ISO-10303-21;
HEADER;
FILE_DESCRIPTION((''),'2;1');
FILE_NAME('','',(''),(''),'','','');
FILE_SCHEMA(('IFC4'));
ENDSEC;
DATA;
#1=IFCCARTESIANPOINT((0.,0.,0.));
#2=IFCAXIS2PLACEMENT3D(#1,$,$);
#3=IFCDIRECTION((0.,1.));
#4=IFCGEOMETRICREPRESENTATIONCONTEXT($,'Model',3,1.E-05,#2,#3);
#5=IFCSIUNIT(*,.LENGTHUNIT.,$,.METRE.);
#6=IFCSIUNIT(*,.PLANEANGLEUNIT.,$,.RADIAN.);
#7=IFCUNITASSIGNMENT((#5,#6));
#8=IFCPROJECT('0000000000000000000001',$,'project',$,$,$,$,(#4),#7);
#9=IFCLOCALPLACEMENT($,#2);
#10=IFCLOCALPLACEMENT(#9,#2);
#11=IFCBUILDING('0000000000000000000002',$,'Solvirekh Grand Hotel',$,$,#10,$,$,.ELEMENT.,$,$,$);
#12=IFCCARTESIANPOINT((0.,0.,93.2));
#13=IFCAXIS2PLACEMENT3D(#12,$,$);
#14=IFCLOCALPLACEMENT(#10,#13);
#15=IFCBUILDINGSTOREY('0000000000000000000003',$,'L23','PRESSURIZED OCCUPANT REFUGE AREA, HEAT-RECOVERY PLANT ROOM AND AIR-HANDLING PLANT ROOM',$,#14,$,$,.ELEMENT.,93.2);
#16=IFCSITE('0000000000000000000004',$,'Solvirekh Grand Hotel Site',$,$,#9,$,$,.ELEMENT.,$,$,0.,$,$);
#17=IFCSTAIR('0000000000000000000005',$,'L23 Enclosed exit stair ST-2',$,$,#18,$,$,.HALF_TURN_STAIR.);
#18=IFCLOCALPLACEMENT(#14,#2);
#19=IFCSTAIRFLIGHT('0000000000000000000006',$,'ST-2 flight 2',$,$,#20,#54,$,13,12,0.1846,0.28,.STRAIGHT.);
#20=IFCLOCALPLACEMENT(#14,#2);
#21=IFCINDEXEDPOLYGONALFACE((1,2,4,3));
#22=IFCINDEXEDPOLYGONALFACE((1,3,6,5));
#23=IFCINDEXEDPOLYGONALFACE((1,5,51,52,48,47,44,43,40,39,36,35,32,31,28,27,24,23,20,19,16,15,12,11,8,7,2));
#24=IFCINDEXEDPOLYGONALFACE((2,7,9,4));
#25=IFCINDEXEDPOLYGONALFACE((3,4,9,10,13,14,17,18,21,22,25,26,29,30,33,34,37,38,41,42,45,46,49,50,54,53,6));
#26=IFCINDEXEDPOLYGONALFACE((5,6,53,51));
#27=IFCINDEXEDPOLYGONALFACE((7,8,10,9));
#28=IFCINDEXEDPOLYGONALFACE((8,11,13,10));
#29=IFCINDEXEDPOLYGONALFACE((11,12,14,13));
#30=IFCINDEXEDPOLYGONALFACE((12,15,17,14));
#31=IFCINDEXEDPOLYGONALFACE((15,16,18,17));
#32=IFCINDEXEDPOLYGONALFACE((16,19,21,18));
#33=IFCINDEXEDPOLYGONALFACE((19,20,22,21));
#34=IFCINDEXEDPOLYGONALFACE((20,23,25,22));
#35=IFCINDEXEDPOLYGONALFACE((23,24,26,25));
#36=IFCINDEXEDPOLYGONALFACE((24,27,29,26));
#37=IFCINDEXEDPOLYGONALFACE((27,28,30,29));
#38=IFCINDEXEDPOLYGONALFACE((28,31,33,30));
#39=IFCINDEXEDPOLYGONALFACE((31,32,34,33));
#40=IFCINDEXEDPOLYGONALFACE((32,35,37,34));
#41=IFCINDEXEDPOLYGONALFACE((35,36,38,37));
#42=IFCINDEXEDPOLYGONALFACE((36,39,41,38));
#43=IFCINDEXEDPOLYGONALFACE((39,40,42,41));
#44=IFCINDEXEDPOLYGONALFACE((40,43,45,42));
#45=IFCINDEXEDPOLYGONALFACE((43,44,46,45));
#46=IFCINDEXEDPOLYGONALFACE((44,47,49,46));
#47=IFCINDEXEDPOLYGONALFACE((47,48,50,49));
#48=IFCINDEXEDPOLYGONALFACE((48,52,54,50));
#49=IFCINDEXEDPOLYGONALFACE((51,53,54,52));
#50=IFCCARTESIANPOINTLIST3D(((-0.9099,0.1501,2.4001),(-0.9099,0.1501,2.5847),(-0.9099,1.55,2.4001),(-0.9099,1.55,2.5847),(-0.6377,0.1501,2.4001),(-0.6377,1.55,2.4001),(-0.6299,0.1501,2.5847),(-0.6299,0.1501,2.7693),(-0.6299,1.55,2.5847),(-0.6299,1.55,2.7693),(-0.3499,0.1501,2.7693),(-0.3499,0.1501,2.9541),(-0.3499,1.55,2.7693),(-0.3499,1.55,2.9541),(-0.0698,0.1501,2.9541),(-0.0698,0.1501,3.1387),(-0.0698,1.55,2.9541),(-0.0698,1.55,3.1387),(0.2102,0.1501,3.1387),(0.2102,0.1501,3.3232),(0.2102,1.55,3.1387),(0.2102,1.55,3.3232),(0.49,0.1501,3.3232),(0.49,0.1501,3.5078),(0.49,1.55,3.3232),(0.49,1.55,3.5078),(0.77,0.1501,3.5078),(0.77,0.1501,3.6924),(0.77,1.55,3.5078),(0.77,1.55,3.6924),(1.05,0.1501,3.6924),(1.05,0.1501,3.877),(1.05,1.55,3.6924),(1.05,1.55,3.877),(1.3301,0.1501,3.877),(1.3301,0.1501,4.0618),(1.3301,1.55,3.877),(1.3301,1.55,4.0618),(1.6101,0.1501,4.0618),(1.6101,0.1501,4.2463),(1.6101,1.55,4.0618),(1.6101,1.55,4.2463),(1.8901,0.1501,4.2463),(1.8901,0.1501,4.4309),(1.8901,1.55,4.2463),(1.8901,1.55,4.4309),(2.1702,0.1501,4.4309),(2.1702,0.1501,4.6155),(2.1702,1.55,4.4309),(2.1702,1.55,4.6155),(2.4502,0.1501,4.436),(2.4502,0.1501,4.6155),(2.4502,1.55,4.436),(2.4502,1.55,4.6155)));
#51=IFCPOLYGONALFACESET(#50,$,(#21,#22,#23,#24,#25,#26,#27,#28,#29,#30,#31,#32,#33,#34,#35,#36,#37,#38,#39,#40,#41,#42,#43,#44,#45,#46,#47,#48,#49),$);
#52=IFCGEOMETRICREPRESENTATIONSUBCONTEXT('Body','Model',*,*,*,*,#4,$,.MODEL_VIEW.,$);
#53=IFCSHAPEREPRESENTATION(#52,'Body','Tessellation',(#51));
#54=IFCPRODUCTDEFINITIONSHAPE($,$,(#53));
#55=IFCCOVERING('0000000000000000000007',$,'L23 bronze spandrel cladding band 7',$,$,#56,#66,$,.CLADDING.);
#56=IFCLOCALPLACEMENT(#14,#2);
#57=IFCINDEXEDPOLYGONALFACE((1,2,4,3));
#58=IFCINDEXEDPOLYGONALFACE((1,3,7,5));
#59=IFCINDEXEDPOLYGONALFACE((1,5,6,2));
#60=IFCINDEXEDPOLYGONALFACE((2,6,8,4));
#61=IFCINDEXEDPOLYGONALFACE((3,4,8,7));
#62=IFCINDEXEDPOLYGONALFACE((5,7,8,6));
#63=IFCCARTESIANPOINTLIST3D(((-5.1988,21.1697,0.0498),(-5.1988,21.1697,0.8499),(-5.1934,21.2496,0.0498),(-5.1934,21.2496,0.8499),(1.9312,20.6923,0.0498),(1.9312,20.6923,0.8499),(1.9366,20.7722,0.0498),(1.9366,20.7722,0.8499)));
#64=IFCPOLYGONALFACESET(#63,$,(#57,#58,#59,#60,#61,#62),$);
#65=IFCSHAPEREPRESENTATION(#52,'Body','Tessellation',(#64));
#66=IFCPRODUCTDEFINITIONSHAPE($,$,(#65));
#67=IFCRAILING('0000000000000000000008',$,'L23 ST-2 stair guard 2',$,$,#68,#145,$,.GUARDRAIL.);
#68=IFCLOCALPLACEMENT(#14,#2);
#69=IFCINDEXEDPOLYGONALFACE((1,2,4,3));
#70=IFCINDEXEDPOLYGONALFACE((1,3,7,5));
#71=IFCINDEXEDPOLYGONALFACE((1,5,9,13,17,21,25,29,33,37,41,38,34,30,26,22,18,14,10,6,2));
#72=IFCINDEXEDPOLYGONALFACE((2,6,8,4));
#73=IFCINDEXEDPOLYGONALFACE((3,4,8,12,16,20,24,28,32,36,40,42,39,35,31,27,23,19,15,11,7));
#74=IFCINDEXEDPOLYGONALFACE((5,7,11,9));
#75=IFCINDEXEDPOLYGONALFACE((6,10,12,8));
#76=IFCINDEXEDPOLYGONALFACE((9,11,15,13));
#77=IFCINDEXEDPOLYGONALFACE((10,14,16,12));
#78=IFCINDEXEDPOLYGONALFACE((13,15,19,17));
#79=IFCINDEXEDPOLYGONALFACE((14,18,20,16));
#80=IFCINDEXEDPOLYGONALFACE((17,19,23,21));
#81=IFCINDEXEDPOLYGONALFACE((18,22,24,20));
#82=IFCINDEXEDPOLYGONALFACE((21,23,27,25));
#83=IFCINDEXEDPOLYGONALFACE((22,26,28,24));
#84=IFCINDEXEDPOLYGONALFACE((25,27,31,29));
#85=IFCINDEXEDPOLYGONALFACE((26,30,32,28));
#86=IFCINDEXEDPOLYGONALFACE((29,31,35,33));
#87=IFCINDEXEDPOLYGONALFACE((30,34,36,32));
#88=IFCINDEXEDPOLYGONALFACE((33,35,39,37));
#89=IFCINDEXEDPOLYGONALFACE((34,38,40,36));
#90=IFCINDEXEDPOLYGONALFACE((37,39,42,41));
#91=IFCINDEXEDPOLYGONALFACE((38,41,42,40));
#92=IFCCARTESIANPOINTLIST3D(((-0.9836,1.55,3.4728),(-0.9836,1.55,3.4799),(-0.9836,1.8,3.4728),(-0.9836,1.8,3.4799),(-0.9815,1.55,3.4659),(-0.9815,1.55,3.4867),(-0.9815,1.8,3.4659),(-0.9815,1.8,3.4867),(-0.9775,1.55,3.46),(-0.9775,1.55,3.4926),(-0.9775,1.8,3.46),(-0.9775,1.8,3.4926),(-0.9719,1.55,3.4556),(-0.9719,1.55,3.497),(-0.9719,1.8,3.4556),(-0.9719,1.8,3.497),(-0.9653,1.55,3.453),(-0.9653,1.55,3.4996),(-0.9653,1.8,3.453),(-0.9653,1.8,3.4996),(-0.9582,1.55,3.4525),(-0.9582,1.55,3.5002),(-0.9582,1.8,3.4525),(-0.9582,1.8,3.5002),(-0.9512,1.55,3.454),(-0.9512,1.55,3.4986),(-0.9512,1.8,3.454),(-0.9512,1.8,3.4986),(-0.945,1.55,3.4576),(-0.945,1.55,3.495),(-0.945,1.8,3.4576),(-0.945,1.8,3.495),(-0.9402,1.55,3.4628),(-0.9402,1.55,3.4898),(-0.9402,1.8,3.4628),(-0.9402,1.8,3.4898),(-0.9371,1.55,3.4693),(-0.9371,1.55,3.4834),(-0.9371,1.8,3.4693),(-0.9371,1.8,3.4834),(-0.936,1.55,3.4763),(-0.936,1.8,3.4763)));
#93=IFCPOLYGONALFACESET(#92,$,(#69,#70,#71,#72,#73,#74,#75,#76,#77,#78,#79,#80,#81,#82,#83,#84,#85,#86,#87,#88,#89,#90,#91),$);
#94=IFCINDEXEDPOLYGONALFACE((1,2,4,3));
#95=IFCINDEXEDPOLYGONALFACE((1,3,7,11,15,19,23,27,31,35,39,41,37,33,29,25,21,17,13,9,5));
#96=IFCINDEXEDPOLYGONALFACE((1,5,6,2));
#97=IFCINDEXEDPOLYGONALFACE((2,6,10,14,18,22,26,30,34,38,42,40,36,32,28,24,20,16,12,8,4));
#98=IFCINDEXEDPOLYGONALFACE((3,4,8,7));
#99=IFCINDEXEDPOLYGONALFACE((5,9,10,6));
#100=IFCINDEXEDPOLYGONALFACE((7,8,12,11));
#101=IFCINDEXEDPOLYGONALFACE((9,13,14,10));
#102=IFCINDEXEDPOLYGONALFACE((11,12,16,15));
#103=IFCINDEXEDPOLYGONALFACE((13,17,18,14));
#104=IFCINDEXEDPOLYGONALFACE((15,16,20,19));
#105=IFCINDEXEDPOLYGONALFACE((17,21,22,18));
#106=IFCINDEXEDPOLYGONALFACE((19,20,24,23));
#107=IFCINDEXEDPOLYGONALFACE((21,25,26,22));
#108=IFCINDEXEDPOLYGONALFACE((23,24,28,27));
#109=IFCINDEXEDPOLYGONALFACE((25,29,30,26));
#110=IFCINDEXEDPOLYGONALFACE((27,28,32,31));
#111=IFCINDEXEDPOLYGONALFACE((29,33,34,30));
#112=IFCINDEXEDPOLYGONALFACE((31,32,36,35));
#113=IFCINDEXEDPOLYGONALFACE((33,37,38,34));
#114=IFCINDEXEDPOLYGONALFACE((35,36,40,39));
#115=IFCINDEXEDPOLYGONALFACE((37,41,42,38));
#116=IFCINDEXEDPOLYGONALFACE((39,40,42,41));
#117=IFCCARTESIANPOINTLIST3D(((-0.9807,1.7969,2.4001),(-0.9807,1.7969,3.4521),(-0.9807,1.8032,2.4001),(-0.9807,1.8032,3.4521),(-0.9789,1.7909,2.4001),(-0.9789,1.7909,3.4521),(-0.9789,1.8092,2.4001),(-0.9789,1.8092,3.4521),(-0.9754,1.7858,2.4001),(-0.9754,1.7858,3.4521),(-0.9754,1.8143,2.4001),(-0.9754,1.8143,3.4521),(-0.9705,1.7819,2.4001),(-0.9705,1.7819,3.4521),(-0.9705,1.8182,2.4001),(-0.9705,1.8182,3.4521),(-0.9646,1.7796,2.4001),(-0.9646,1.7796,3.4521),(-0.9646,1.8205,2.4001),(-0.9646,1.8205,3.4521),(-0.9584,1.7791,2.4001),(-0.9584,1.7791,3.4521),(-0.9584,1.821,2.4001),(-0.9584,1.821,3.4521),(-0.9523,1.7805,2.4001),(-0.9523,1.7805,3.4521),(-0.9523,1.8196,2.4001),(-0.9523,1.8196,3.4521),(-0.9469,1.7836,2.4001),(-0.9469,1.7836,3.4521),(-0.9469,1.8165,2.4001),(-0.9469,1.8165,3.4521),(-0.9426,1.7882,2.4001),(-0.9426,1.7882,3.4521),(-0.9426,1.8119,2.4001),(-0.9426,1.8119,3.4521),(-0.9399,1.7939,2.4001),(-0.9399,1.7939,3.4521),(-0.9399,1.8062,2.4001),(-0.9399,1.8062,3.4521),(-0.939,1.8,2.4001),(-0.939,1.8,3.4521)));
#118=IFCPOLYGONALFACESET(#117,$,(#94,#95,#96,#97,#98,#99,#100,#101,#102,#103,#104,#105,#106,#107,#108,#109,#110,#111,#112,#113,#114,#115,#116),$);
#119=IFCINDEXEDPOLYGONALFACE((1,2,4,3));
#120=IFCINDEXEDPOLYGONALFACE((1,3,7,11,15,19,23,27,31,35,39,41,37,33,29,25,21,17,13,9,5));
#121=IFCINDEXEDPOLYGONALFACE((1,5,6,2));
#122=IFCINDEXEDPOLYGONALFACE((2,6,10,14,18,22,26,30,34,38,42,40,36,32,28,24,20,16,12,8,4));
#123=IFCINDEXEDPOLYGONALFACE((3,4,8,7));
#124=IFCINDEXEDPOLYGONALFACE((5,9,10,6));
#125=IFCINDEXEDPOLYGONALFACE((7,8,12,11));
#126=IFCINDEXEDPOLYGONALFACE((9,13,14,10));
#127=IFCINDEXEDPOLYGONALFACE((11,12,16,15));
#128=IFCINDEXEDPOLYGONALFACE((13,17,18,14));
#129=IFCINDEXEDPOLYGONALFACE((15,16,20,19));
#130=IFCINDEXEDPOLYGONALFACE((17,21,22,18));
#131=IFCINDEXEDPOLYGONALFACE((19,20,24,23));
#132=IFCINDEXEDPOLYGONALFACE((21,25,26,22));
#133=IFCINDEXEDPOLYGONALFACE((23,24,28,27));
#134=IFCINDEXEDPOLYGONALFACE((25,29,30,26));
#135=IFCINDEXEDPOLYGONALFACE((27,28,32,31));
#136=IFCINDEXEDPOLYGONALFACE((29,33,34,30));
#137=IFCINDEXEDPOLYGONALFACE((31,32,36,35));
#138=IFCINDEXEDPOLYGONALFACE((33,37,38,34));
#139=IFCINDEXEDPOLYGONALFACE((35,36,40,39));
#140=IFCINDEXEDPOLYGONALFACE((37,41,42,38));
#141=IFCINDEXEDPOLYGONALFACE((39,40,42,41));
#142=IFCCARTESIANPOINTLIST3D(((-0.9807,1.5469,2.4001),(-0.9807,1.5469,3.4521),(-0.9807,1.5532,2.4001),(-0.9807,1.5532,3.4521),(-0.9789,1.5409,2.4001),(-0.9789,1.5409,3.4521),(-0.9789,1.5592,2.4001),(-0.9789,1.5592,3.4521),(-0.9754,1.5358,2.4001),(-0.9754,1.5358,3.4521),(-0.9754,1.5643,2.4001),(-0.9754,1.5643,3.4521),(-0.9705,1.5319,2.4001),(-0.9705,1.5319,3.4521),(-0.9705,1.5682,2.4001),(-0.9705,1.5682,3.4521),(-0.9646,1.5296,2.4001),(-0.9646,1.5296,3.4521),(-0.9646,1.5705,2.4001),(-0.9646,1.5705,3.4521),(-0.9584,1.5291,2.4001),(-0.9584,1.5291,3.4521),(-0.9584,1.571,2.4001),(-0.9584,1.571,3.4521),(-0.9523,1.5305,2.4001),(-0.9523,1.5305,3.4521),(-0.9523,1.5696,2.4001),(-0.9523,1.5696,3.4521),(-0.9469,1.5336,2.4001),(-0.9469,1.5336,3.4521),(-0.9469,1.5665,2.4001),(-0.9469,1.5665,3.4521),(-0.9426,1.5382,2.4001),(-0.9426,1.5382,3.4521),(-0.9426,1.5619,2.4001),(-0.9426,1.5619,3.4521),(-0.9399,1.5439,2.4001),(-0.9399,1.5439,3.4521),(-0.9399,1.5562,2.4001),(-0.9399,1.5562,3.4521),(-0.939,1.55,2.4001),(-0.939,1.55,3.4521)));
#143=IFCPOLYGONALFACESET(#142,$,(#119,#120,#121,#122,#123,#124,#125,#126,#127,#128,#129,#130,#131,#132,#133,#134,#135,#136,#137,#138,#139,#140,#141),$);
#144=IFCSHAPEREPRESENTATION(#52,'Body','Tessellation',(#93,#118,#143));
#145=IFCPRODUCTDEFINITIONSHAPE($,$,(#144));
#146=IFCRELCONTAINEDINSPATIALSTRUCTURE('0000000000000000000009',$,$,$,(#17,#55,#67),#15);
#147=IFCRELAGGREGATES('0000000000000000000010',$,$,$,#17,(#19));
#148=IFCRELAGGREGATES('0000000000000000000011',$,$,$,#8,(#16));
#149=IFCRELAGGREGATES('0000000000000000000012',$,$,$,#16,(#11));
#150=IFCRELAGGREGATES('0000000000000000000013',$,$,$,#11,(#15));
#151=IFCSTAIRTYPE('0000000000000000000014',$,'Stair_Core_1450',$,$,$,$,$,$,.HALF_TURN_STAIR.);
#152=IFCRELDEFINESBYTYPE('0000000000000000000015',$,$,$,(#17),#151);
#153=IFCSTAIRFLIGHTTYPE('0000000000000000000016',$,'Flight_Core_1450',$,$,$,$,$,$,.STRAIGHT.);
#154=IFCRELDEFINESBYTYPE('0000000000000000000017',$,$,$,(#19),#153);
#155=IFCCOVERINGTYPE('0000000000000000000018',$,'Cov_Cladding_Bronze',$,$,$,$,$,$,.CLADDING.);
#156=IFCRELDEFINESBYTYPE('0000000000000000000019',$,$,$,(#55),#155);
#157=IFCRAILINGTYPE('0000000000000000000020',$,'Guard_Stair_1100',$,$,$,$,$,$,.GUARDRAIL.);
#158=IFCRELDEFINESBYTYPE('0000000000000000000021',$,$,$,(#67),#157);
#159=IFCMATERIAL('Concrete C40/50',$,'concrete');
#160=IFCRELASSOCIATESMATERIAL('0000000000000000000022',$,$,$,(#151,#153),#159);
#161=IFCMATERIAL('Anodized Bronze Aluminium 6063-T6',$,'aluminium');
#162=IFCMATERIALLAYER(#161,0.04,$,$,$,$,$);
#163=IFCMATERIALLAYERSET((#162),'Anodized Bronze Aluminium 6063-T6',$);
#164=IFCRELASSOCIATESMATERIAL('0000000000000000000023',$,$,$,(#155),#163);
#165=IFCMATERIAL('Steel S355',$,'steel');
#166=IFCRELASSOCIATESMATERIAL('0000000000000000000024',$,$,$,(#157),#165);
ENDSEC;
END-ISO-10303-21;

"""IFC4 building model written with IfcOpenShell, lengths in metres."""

from ifc_helpers import new_model, si_unit, direction, frame, origin, origin_2d, place, context, subcontext, project, spatial, polyline, rectangle, circle, outline, extrude, material, layer, layer_set, type_object, element, aggregate, save


model = new_model("IFC4")

# Units and contexts
model_context = context("Model", 3, precision=1e-05, world=origin(), true_north=direction((0.0, 1.0)))
body_context = subcontext(model_context, "Body", "Model", "MODEL_VIEW")
ifc_project = project(units=[si_unit("LENGTHUNIT", "METRE"), si_unit("PLANEANGLEUNIT", "RADIAN")], contexts=[model_context])

# Site, building, storey
site_placement = place(None, origin())
site = spatial("IfcSite", under=ifc_project, at=site_placement, Name="Solvirekh Grand Hotel Site", CompositionType="ELEMENT", RefElevation=0.0)
building_placement = place(site_placement, origin())
building = spatial("IfcBuilding", under=site, at=building_placement, Name="Solvirekh Grand Hotel", CompositionType="ELEMENT")
storey_placement = place(building_placement, frame((0.0, 0.0, 93.2)))
storey = spatial("IfcBuildingStorey", under=building, at=storey_placement, Name="L23", Description="PRESSURIZED OCCUPANT REFUGE AREA, HEAT-RECOVERY PLANT ROOM AND AIR-HANDLING PLANT ROOM", CompositionType="ELEMENT", Elevation=93.2)

# Shared definitions
ifc_material_1 = material(Name="Steel S355", Category="steel")

# Shared definitions
ifc_material_2 = material(Name="Concrete C40/50", Category="concrete")

# Stair, stair flight
stair_type = type_object("IfcStairType", Name="Stair_Core_1450", PredefinedType="HALF_TURN_STAIR", material=ifc_material_2)
stair_placement = place(storey_placement, origin())
stair = element("IfcStair", 1, at=stair_placement, inside=storey, type_object=stair_type, Name="L23 Enclosed exit stair ST-2", PredefinedType="HALF_TURN_STAIR")
stair_flight_type = type_object("IfcStairFlightType", Name="Flight_Core_1450", PredefinedType="STRAIGHT", material=ifc_material_2)
stair_flight_placement = place(storey_placement, frame((-0.9099, 0.8501, 2.4001), z_axis=(0.0, 0.0, 1.0), x_axis=(1.0, 0.0, 0.0)))
stair_flight = element("IfcStairFlight", 2, at=stair_flight_placement, type_object=stair_flight_type, Name="ST-2 flight 2", NumberOfRisers=13, NumberOfTreads=12, PredefinedType="STRAIGHT", RiserHeight=0.1846, TreadLength=0.28, context=body_context, shape_type="SweptSolid", body=[
    extrude(outline(polyline([(0.0, 0.0), (0.0, 0.1846), (0.28, 0.1846), (0.28, 0.3691), (0.5601, 0.3691), (0.5601, 0.554), (0.8401, 0.554), (0.8401, 0.7385), (1.1201, 0.7385), (1.1201, 0.9231), (1.3999, 0.9231), (1.3999, 1.1077), (1.6799, 1.1077), (1.6799, 1.2922), (1.96, 1.2922), (1.96, 1.4768), (2.24, 1.4768), (2.24, 1.6616), (2.52, 1.6616), (2.52, 1.8462), (2.8, 1.8462), (2.8, 2.0308), (3.0801, 2.0308), (3.0801, 2.2153), (3.3601, 2.2153), (3.3601, 2.3999), (3.3601, 2.0359), (0.2722, 0.0), (0.0, 0.0)])), frame((0.0, 0.7, 0.0), z_axis=(0.0, -1.0, 0.0), x_axis=(1.0, 0.0, 0.0)), (0.0, 0.0, 1.0), 1.3999),
])
aggregate(stair, [stair_flight])

# Covering
ifc_material_3 = material(Name="Anodized Bronze Aluminium 6063-T6", Category="aluminium")
ifc_layer_1 = layer(ifc_material_3, 0.04)
ifc_layer_set_1 = layer_set([ifc_layer_1], Name="Anodized Bronze Aluminium 6063-T6")
covering_type = type_object("IfcCoveringType", Name="Cov_Cladding_Bronze", PredefinedType="CLADDING", material=ifc_layer_set_1)
covering_placement = place(storey_placement, frame((-1.6311, 20.9709, 0.0498), z_axis=(0.0, 0.0, 1.0), x_axis=(0.997767, -0.066796, 0.0)))
element("IfcCovering", 3, at=covering_placement, inside=storey, type_object=covering_type, Name="L23 bronze spandrel cladding band 7", PredefinedType="CLADDING", context=body_context, shape_type="SweptSolid", body=[
    extrude(rectangle(XDim=7.146, YDim=0.0801, at=origin_2d()), origin(), (0.0, 0.0, 1.0), 0.8),
])

# Railing
railing_type_1 = type_object("IfcRailingType", Name="Guard_Stair_1100", PredefinedType="GUARDRAIL", material=ifc_material_1)
railing_1_placement = place(storey_placement, frame((-0.96, 1.8, 2.4001)))
element("IfcRailing", 4, at=railing_1_placement, inside=storey, type_object=railing_type_1, Name="L23 ST-2 stair guard 2", PredefinedType="GUARDRAIL", context=body_context, shape_type="SweptSolid", body=[
    extrude(circle(Radius=0.0239, at=origin_2d()), frame((0.0, 0.0, 1.0762), z_axis=(0.0, -1.0, 0.0), x_axis=(1.0, 0.0, 0.0)), (0.0, 0.0, 1.0), 0.25),
    extrude(circle(Radius=0.021, at=origin_2d()), origin(), (0.0, 0.0, 1.0), 1.052),
    extrude(circle(Radius=0.021, at=origin_2d()), frame((0.0, -0.25, 0.0)), (0.0, 0.0, 1.0), 1.052),
])

save(model, "model.ifc")
